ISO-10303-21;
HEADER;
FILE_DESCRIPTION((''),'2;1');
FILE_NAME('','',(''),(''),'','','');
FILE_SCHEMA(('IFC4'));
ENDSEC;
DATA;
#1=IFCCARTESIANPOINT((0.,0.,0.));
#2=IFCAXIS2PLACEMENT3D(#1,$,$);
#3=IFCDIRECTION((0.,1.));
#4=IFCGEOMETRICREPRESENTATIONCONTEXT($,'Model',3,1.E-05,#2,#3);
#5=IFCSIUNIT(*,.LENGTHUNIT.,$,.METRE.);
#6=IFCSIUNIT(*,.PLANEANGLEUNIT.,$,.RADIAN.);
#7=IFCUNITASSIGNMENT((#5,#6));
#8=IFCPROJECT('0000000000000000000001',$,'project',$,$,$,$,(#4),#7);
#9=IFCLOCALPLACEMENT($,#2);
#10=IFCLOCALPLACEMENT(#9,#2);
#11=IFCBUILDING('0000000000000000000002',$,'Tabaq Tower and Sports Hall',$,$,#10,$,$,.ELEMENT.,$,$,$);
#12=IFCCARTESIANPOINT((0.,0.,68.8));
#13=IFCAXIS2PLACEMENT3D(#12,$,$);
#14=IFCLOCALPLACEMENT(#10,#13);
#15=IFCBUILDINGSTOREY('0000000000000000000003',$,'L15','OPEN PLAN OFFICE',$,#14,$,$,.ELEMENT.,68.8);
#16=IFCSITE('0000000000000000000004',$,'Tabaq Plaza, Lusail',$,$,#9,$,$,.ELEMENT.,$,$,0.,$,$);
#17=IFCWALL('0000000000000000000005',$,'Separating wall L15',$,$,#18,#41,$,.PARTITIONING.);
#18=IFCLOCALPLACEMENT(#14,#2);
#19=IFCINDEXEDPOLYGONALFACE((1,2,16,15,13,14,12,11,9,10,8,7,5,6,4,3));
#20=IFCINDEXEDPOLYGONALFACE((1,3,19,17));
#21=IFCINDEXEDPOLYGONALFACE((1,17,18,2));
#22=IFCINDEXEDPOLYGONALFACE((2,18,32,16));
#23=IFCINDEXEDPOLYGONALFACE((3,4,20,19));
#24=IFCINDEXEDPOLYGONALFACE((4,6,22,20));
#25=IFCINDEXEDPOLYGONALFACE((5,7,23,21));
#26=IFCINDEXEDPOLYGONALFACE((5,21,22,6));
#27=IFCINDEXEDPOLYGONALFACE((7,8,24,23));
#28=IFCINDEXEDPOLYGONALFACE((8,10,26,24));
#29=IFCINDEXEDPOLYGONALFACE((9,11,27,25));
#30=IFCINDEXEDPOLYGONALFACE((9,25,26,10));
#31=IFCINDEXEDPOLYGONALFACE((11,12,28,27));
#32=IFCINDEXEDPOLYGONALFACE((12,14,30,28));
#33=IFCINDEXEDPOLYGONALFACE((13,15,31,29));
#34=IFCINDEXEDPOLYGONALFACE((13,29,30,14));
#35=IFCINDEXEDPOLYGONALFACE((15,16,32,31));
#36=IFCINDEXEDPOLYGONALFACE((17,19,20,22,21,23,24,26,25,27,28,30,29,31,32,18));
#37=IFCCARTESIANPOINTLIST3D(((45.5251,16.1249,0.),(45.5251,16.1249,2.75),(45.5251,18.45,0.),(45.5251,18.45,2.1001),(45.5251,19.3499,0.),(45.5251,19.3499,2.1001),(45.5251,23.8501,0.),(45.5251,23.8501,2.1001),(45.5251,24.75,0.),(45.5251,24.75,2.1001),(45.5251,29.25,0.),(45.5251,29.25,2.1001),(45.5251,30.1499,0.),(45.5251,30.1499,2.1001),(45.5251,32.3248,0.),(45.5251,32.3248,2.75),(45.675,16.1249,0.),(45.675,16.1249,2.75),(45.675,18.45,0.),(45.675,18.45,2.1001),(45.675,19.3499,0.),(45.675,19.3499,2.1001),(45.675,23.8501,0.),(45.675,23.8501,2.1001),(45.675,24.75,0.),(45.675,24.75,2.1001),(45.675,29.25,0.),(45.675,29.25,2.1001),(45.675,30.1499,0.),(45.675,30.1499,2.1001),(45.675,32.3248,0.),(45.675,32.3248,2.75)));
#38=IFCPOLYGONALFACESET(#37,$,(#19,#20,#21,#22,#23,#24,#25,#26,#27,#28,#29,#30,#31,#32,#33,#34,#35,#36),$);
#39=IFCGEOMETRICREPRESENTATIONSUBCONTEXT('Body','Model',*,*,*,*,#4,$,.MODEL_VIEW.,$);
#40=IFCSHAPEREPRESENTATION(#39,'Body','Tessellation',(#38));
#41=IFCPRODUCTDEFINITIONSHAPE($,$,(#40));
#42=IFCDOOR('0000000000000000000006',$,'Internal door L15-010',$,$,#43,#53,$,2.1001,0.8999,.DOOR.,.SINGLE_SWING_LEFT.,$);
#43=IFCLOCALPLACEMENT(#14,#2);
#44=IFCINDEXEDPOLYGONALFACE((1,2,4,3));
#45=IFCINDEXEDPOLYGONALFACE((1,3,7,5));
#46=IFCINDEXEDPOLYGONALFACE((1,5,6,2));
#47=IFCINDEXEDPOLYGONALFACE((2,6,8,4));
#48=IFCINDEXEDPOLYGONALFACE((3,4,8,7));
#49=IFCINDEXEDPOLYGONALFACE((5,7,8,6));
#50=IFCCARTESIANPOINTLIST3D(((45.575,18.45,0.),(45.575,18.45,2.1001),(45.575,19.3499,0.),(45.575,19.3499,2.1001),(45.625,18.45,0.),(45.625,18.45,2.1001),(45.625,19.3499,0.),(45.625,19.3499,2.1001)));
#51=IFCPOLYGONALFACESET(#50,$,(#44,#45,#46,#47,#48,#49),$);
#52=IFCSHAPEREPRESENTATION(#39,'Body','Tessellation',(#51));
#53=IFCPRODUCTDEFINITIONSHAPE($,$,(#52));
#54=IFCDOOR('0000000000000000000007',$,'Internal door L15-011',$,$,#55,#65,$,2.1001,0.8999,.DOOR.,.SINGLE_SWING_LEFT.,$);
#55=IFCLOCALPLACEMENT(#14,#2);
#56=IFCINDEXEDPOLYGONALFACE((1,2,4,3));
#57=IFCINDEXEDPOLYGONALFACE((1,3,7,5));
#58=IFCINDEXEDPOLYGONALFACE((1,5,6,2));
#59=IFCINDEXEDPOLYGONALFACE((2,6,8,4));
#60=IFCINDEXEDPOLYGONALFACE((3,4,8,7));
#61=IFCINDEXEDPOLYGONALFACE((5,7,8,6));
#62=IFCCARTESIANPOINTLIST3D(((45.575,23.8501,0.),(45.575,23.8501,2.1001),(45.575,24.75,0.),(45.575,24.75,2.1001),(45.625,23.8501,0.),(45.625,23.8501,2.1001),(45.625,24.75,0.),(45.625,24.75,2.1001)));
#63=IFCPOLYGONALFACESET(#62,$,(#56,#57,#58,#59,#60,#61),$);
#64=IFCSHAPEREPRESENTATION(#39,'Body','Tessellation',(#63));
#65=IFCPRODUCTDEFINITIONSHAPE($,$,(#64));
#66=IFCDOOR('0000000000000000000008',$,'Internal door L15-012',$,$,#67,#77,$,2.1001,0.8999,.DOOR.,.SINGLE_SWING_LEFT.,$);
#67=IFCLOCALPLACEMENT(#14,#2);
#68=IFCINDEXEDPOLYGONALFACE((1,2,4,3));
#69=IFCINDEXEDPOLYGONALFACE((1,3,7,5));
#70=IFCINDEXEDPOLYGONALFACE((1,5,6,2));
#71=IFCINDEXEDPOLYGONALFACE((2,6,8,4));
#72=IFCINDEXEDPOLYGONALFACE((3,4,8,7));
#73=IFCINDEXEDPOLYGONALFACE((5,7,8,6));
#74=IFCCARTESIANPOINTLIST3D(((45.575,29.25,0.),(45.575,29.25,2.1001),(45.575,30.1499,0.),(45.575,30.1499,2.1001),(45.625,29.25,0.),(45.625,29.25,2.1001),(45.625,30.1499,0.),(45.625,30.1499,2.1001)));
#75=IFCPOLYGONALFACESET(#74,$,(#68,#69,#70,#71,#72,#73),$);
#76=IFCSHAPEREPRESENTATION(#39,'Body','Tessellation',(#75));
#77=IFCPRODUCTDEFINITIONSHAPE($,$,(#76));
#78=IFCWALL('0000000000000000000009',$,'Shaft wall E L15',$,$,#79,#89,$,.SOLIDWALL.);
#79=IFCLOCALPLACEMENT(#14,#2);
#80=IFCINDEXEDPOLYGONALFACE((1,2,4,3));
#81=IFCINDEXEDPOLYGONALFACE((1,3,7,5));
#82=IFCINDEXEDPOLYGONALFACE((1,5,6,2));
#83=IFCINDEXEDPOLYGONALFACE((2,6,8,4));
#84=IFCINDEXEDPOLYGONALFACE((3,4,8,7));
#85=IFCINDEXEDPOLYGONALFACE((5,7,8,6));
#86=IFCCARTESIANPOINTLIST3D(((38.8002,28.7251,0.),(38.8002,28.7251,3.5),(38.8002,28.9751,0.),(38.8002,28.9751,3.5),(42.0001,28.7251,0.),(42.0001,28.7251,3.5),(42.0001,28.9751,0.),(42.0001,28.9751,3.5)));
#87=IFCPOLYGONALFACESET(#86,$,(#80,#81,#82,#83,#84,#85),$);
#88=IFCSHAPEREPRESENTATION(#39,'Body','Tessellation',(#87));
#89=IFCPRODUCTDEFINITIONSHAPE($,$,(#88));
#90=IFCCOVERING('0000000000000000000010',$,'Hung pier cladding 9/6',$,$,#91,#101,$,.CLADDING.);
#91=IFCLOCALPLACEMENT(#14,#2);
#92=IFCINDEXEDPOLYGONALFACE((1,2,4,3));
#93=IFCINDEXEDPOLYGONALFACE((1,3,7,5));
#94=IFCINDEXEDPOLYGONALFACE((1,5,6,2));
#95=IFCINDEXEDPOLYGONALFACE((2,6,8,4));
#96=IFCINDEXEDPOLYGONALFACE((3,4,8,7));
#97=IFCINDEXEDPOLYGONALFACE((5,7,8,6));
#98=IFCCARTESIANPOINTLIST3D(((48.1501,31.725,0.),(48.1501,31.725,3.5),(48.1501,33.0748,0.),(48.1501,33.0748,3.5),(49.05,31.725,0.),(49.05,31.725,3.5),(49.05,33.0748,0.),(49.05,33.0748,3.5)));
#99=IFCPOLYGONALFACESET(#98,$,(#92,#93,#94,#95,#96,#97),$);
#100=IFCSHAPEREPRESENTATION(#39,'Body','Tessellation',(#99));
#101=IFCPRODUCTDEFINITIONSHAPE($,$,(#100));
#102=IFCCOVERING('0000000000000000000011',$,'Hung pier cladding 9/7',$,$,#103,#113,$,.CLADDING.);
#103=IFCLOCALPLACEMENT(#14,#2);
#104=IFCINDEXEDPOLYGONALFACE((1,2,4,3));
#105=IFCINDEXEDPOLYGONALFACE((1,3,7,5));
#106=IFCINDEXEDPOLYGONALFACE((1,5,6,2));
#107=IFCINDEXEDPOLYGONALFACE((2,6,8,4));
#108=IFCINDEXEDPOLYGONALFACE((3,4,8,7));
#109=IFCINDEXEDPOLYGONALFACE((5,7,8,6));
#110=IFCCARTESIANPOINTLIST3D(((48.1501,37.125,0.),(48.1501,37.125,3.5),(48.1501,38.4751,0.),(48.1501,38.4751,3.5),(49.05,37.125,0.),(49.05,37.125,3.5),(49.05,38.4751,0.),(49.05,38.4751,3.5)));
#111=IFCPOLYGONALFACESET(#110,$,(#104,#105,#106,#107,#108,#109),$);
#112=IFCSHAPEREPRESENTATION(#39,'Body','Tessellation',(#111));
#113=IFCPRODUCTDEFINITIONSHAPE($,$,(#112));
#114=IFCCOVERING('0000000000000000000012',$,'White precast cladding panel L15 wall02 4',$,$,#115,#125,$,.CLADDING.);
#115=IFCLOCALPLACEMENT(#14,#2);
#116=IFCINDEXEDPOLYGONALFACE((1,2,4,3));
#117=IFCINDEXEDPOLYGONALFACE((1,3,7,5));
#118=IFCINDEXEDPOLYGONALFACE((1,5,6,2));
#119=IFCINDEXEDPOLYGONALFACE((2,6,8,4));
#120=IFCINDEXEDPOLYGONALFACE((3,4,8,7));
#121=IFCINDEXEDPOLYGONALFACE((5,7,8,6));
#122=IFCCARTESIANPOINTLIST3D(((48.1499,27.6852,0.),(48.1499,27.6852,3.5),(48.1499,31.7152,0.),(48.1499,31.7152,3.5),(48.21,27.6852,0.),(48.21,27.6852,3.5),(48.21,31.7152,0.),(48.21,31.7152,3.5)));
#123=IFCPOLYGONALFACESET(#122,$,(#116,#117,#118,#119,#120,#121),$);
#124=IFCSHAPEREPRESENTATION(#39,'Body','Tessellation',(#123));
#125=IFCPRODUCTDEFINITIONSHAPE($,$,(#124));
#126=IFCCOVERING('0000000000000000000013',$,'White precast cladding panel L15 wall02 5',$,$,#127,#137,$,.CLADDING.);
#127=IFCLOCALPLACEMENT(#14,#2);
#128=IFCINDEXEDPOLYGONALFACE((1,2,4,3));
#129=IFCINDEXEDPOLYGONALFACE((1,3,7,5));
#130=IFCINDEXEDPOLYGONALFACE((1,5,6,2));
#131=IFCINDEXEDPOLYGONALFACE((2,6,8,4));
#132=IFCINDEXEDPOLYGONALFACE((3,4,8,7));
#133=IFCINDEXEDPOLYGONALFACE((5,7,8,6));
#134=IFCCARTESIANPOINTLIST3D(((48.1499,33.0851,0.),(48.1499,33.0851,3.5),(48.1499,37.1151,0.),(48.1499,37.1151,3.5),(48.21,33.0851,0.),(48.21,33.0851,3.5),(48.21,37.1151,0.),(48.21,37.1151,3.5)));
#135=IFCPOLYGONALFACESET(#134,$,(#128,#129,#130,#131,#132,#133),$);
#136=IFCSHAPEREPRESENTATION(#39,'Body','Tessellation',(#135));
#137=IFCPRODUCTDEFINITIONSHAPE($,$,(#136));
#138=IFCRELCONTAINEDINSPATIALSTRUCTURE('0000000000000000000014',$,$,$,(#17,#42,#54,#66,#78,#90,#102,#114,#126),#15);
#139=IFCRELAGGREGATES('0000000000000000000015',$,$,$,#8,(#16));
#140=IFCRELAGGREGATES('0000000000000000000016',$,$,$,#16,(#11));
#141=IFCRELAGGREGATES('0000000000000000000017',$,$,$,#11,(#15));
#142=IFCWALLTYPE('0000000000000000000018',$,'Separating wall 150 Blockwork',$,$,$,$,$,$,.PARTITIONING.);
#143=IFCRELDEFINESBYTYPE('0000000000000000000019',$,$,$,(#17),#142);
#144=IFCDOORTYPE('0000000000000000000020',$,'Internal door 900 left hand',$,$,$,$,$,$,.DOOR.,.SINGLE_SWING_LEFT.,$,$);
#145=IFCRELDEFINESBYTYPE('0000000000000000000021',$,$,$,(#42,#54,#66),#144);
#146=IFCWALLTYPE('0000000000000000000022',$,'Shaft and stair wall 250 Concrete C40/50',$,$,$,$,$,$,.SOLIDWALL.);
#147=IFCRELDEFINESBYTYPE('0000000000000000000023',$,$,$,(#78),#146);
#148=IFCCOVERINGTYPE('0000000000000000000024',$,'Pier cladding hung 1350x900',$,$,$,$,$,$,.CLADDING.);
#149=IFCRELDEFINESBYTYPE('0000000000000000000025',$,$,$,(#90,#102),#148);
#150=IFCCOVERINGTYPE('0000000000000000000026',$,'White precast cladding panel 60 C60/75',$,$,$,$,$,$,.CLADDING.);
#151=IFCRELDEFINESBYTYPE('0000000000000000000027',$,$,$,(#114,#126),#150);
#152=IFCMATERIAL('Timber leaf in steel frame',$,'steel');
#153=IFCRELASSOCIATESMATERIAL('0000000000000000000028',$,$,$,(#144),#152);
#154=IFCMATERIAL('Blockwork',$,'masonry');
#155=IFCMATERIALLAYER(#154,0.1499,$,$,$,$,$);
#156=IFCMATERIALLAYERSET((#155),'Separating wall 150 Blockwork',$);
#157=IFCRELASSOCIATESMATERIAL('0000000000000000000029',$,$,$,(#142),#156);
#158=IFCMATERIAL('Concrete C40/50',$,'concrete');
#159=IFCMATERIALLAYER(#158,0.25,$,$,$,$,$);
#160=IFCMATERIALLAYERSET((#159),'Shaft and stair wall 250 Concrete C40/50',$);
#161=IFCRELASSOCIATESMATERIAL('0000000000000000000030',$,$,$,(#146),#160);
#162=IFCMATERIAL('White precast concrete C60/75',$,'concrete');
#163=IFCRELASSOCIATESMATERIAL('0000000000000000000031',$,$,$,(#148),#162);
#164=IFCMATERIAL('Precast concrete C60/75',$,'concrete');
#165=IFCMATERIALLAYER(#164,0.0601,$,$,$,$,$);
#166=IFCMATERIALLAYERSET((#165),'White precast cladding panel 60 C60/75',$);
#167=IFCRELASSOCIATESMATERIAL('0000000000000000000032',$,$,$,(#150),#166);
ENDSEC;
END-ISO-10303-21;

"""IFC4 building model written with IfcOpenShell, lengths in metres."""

from ifc_helpers import new_model, si_unit, direction, frame, frame_2d, origin, place, context, subcontext, project, spatial, rectangle, extrude, material, layer, layer_set, type_object, element, fill, save


model = new_model("IFC4")

# Units and contexts
model_context = context("Model", 3, precision=1e-05, world=origin(), true_north=direction((0.0, 1.0)))
body_context = subcontext(model_context, "Body", "Model", "MODEL_VIEW")
ifc_project = project(units=[si_unit("LENGTHUNIT", "METRE"), si_unit("PLANEANGLEUNIT", "RADIAN")], contexts=[model_context])

# Site, building, storey
site_placement = place(None, origin())
site = spatial("IfcSite", under=ifc_project, at=site_placement, Name="Tabaq Plaza, Lusail", CompositionType="ELEMENT", RefElevation=0.0)
building_placement = place(site_placement, origin())
building = spatial("IfcBuilding", under=site, at=building_placement, Name="Tabaq Tower and Sports Hall", CompositionType="ELEMENT")
storey_placement = place(building_placement, frame((0.0, 0.0, 68.8)))
storey = spatial("IfcBuildingStorey", under=building, at=storey_placement, Name="L15", Description="OPEN PLAN OFFICE", CompositionType="ELEMENT", Elevation=68.8)

# Shared definitions
ifc_material_1 = material(Name="Timber leaf in steel frame", Category="steel")
door_type_1 = type_object("IfcDoorType", Name="Internal door 900 left hand", OperationType="SINGLE_SWING_LEFT", PredefinedType="DOOR", material=ifc_material_1)

# Shared definitions
ifc_material_2 = material(Name="Blockwork", Category="masonry")
ifc_layer_1 = layer(ifc_material_2, 0.1499)
ifc_layer_set_1 = layer_set([ifc_layer_1], Name="Separating wall 150 Blockwork")
wall_type_1 = type_object("IfcWallType", Name="Separating wall 150 Blockwork", PredefinedType="PARTITIONING", material=ifc_layer_set_1)

# Wall, openings, doors
wall_1_placement = place(storey_placement, frame((45.6001, 32.325, 0.0), z_axis=(0.0, 0.0, 1.0), x_axis=(0.0, -1.0, 0.0)))
wall_1 = element("IfcWall", 1, at=wall_1_placement, inside=storey, type_object=wall_type_1, Name="Separating wall L15", PredefinedType="PARTITIONING", context=body_context, shape_type="SweptSolid", body=[
    extrude(rectangle(XDim=16.2, YDim=0.1499, at=frame_2d((8.1001, 0.0))), origin(), (0.0, 0.0, 1.0), 2.75),
])
opening_1_placement = place(wall_1_placement, frame((12.9751, 0.0, 0.0)))
opening_1 = element("IfcOpeningElement", 2, at=opening_1_placement, cuts=wall_1, PredefinedType="OPENING", context=body_context, shape_type="SweptSolid", body=[
    extrude(rectangle(XDim=0.8999, YDim=2.1001, at=frame_2d((0.45, 1.05))), frame((0.0, 0.075, 0.0), z_axis=(0.0, -1.0, 0.0), x_axis=(1.0, 0.0, 0.0)), (0.0, 0.0, 1.0), 0.1499),
])
opening_2_placement = place(wall_1_placement, frame((7.575, 0.0, 0.0)))
opening_2 = element("IfcOpeningElement", 3, at=opening_2_placement, cuts=wall_1, PredefinedType="OPENING", context=body_context, shape_type="SweptSolid", body=[
    extrude(rectangle(XDim=0.8999, YDim=2.1001, at=frame_2d((0.45, 1.05))), frame((0.0, 0.075, 0.0), z_axis=(0.0, -1.0, 0.0), x_axis=(1.0, 0.0, 0.0)), (0.0, 0.0, 1.0), 0.1499),
])
opening_3_placement = place(wall_1_placement, frame((2.175, 0.0, 0.0)))
opening_3 = element("IfcOpeningElement", 4, at=opening_3_placement, cuts=wall_1, PredefinedType="OPENING", context=body_context, shape_type="SweptSolid", body=[
    extrude(rectangle(XDim=0.8999, YDim=2.1001, at=frame_2d((0.45, 1.05))), frame((0.0, 0.075, 0.0), z_axis=(0.0, -1.0, 0.0), x_axis=(1.0, 0.0, 0.0)), (0.0, 0.0, 1.0), 0.1499),
])
door_1_placement = place(opening_1_placement, origin())
door_1 = element("IfcDoor", 5, at=door_1_placement, inside=storey, type_object=door_type_1, Name="Internal door L15-010", OperationType="SINGLE_SWING_LEFT", OverallHeight=2.1001, OverallWidth=0.8999, PredefinedType="DOOR", context=body_context, shape_type="SweptSolid", body=[
    extrude(rectangle(XDim=0.8999, YDim=2.1001, at=frame_2d((0.45, 1.05))), frame((0.0, 0.0249, 0.0), z_axis=(0.0, -1.0, 0.0), x_axis=(1.0, 0.0, 0.0)), (0.0, 0.0, 1.0), 0.05),
])
fill(opening_1, door_1)
door_2_placement = place(opening_2_placement, origin())
door_2 = element("IfcDoor", 6, at=door_2_placement, inside=storey, type_object=door_type_1, Name="Internal door L15-011", OperationType="SINGLE_SWING_LEFT", OverallHeight=2.1001, OverallWidth=0.8999, PredefinedType="DOOR", context=body_context, shape_type="SweptSolid", body=[
    extrude(rectangle(XDim=0.8999, YDim=2.1001, at=frame_2d((0.45, 1.05))), frame((0.0, 0.0249, 0.0), z_axis=(0.0, -1.0, 0.0), x_axis=(1.0, 0.0, 0.0)), (0.0, 0.0, 1.0), 0.05),
])
fill(opening_2, door_2)
door_3_placement = place(opening_3_placement, origin())
door_3 = element("IfcDoor", 7, at=door_3_placement, inside=storey, type_object=door_type_1, Name="Internal door L15-012", OperationType="SINGLE_SWING_LEFT", OverallHeight=2.1001, OverallWidth=0.8999, PredefinedType="DOOR", context=body_context, shape_type="SweptSolid", body=[
    extrude(rectangle(XDim=0.8999, YDim=2.1001, at=frame_2d((0.45, 1.05))), frame((0.0, 0.0249, 0.0), z_axis=(0.0, -1.0, 0.0), x_axis=(1.0, 0.0, 0.0)), (0.0, 0.0, 1.0), 0.05),
])
fill(opening_3, door_3)

# Wall
ifc_material_3 = material(Name="Concrete C40/50", Category="concrete")
ifc_layer_2 = layer(ifc_material_3, 0.25)
ifc_layer_set_2 = layer_set([ifc_layer_2], Name="Shaft and stair wall 250 Concrete C40/50")
wall_type_2 = type_object("IfcWallType", Name="Shaft and stair wall 250 Concrete C40/50", PredefinedType="SOLIDWALL", material=ifc_layer_set_2)
wall_2_placement = place(storey_placement, frame((38.8, 28.8501, 0.0), z_axis=(0.0, 0.0, 1.0), x_axis=(1.0, 0.0, 0.0)))
element("IfcWall", 8, at=wall_2_placement, inside=storey, type_object=wall_type_2, Name="Shaft wall E L15", PredefinedType="SOLIDWALL", context=body_context, shape_type="SweptSolid", body=[
    extrude(rectangle(XDim=3.2, YDim=0.25, at=frame_2d((1.6001, 0.0))), origin(), (0.0, 0.0, 1.0), 3.5),
])

# Coverings
ifc_material_4 = material(Name="White precast concrete C60/75", Category="concrete")
covering_type_1 = type_object("IfcCoveringType", Name="Pier cladding hung 1350x900", PredefinedType="CLADDING", material=ifc_material_4)
covering_1_placement = place(storey_placement, frame((48.6001, 31.7251, 0.0), z_axis=(0.0, 0.0, 1.0), x_axis=(0.0, 1.0, 0.0)))
element("IfcCovering", 9, at=covering_1_placement, inside=storey, type_object=covering_type_1, Name="Hung pier cladding 9/6", PredefinedType="CLADDING", context=body_context, shape_type="SweptSolid", body=[
    extrude(rectangle(XDim=1.3499, YDim=0.8999, at=frame_2d((0.6748, 0.0))), origin(), (0.0, 0.0, 1.0), 3.5),
])
covering_2_placement = place(storey_placement, frame((48.6001, 37.125, 0.0), z_axis=(0.0, 0.0, 1.0), x_axis=(0.0, 1.0, 0.0)))
element("IfcCovering", 10, at=covering_2_placement, inside=storey, type_object=covering_type_1, Name="Hung pier cladding 9/7", PredefinedType="CLADDING", context=body_context, shape_type="SweptSolid", body=[
    extrude(rectangle(XDim=1.3501, YDim=0.8999, at=frame_2d((0.675, 0.0))), origin(), (0.0, 0.0, 1.0), 3.5),
])
ifc_material_5 = material(Name="Precast concrete C60/75", Category="concrete")
ifc_layer_3 = layer(ifc_material_5, 0.0601)
ifc_layer_set_3 = layer_set([ifc_layer_3], Name="White precast cladding panel 60 C60/75")
covering_type_2 = type_object("IfcCoveringType", Name="White precast cladding panel 60 C60/75", PredefinedType="CLADDING", material=ifc_layer_set_3)
for number, where, z_axis, x_axis, name in (
    (11, (48.1799, 27.6851, 0.0), (0.0, 0.0, 1.0), (0.0, 1.0, 0.0), "White precast cladding panel L15 wall02 4"),
    (12, (48.1799, 33.085, 0.0), (0.0, 0.0, 1.0), (0.0, 1.0, 0.0), "White precast cladding panel L15 wall02 5"),
):
    element("IfcCovering", number, at=place(storey_placement, frame(where, z_axis=z_axis, x_axis=x_axis)), inside=storey, type_object=covering_type_2, Name=name, PredefinedType="CLADDING", context=body_context, shape_type="SweptSolid", body=[
        extrude(rectangle(XDim=4.03, YDim=0.0601, at=frame_2d((2.0151, 0.0))), origin(), (0.0, 0.0, 1.0), 3.5),
    ])

save(model, "model.ifc")
